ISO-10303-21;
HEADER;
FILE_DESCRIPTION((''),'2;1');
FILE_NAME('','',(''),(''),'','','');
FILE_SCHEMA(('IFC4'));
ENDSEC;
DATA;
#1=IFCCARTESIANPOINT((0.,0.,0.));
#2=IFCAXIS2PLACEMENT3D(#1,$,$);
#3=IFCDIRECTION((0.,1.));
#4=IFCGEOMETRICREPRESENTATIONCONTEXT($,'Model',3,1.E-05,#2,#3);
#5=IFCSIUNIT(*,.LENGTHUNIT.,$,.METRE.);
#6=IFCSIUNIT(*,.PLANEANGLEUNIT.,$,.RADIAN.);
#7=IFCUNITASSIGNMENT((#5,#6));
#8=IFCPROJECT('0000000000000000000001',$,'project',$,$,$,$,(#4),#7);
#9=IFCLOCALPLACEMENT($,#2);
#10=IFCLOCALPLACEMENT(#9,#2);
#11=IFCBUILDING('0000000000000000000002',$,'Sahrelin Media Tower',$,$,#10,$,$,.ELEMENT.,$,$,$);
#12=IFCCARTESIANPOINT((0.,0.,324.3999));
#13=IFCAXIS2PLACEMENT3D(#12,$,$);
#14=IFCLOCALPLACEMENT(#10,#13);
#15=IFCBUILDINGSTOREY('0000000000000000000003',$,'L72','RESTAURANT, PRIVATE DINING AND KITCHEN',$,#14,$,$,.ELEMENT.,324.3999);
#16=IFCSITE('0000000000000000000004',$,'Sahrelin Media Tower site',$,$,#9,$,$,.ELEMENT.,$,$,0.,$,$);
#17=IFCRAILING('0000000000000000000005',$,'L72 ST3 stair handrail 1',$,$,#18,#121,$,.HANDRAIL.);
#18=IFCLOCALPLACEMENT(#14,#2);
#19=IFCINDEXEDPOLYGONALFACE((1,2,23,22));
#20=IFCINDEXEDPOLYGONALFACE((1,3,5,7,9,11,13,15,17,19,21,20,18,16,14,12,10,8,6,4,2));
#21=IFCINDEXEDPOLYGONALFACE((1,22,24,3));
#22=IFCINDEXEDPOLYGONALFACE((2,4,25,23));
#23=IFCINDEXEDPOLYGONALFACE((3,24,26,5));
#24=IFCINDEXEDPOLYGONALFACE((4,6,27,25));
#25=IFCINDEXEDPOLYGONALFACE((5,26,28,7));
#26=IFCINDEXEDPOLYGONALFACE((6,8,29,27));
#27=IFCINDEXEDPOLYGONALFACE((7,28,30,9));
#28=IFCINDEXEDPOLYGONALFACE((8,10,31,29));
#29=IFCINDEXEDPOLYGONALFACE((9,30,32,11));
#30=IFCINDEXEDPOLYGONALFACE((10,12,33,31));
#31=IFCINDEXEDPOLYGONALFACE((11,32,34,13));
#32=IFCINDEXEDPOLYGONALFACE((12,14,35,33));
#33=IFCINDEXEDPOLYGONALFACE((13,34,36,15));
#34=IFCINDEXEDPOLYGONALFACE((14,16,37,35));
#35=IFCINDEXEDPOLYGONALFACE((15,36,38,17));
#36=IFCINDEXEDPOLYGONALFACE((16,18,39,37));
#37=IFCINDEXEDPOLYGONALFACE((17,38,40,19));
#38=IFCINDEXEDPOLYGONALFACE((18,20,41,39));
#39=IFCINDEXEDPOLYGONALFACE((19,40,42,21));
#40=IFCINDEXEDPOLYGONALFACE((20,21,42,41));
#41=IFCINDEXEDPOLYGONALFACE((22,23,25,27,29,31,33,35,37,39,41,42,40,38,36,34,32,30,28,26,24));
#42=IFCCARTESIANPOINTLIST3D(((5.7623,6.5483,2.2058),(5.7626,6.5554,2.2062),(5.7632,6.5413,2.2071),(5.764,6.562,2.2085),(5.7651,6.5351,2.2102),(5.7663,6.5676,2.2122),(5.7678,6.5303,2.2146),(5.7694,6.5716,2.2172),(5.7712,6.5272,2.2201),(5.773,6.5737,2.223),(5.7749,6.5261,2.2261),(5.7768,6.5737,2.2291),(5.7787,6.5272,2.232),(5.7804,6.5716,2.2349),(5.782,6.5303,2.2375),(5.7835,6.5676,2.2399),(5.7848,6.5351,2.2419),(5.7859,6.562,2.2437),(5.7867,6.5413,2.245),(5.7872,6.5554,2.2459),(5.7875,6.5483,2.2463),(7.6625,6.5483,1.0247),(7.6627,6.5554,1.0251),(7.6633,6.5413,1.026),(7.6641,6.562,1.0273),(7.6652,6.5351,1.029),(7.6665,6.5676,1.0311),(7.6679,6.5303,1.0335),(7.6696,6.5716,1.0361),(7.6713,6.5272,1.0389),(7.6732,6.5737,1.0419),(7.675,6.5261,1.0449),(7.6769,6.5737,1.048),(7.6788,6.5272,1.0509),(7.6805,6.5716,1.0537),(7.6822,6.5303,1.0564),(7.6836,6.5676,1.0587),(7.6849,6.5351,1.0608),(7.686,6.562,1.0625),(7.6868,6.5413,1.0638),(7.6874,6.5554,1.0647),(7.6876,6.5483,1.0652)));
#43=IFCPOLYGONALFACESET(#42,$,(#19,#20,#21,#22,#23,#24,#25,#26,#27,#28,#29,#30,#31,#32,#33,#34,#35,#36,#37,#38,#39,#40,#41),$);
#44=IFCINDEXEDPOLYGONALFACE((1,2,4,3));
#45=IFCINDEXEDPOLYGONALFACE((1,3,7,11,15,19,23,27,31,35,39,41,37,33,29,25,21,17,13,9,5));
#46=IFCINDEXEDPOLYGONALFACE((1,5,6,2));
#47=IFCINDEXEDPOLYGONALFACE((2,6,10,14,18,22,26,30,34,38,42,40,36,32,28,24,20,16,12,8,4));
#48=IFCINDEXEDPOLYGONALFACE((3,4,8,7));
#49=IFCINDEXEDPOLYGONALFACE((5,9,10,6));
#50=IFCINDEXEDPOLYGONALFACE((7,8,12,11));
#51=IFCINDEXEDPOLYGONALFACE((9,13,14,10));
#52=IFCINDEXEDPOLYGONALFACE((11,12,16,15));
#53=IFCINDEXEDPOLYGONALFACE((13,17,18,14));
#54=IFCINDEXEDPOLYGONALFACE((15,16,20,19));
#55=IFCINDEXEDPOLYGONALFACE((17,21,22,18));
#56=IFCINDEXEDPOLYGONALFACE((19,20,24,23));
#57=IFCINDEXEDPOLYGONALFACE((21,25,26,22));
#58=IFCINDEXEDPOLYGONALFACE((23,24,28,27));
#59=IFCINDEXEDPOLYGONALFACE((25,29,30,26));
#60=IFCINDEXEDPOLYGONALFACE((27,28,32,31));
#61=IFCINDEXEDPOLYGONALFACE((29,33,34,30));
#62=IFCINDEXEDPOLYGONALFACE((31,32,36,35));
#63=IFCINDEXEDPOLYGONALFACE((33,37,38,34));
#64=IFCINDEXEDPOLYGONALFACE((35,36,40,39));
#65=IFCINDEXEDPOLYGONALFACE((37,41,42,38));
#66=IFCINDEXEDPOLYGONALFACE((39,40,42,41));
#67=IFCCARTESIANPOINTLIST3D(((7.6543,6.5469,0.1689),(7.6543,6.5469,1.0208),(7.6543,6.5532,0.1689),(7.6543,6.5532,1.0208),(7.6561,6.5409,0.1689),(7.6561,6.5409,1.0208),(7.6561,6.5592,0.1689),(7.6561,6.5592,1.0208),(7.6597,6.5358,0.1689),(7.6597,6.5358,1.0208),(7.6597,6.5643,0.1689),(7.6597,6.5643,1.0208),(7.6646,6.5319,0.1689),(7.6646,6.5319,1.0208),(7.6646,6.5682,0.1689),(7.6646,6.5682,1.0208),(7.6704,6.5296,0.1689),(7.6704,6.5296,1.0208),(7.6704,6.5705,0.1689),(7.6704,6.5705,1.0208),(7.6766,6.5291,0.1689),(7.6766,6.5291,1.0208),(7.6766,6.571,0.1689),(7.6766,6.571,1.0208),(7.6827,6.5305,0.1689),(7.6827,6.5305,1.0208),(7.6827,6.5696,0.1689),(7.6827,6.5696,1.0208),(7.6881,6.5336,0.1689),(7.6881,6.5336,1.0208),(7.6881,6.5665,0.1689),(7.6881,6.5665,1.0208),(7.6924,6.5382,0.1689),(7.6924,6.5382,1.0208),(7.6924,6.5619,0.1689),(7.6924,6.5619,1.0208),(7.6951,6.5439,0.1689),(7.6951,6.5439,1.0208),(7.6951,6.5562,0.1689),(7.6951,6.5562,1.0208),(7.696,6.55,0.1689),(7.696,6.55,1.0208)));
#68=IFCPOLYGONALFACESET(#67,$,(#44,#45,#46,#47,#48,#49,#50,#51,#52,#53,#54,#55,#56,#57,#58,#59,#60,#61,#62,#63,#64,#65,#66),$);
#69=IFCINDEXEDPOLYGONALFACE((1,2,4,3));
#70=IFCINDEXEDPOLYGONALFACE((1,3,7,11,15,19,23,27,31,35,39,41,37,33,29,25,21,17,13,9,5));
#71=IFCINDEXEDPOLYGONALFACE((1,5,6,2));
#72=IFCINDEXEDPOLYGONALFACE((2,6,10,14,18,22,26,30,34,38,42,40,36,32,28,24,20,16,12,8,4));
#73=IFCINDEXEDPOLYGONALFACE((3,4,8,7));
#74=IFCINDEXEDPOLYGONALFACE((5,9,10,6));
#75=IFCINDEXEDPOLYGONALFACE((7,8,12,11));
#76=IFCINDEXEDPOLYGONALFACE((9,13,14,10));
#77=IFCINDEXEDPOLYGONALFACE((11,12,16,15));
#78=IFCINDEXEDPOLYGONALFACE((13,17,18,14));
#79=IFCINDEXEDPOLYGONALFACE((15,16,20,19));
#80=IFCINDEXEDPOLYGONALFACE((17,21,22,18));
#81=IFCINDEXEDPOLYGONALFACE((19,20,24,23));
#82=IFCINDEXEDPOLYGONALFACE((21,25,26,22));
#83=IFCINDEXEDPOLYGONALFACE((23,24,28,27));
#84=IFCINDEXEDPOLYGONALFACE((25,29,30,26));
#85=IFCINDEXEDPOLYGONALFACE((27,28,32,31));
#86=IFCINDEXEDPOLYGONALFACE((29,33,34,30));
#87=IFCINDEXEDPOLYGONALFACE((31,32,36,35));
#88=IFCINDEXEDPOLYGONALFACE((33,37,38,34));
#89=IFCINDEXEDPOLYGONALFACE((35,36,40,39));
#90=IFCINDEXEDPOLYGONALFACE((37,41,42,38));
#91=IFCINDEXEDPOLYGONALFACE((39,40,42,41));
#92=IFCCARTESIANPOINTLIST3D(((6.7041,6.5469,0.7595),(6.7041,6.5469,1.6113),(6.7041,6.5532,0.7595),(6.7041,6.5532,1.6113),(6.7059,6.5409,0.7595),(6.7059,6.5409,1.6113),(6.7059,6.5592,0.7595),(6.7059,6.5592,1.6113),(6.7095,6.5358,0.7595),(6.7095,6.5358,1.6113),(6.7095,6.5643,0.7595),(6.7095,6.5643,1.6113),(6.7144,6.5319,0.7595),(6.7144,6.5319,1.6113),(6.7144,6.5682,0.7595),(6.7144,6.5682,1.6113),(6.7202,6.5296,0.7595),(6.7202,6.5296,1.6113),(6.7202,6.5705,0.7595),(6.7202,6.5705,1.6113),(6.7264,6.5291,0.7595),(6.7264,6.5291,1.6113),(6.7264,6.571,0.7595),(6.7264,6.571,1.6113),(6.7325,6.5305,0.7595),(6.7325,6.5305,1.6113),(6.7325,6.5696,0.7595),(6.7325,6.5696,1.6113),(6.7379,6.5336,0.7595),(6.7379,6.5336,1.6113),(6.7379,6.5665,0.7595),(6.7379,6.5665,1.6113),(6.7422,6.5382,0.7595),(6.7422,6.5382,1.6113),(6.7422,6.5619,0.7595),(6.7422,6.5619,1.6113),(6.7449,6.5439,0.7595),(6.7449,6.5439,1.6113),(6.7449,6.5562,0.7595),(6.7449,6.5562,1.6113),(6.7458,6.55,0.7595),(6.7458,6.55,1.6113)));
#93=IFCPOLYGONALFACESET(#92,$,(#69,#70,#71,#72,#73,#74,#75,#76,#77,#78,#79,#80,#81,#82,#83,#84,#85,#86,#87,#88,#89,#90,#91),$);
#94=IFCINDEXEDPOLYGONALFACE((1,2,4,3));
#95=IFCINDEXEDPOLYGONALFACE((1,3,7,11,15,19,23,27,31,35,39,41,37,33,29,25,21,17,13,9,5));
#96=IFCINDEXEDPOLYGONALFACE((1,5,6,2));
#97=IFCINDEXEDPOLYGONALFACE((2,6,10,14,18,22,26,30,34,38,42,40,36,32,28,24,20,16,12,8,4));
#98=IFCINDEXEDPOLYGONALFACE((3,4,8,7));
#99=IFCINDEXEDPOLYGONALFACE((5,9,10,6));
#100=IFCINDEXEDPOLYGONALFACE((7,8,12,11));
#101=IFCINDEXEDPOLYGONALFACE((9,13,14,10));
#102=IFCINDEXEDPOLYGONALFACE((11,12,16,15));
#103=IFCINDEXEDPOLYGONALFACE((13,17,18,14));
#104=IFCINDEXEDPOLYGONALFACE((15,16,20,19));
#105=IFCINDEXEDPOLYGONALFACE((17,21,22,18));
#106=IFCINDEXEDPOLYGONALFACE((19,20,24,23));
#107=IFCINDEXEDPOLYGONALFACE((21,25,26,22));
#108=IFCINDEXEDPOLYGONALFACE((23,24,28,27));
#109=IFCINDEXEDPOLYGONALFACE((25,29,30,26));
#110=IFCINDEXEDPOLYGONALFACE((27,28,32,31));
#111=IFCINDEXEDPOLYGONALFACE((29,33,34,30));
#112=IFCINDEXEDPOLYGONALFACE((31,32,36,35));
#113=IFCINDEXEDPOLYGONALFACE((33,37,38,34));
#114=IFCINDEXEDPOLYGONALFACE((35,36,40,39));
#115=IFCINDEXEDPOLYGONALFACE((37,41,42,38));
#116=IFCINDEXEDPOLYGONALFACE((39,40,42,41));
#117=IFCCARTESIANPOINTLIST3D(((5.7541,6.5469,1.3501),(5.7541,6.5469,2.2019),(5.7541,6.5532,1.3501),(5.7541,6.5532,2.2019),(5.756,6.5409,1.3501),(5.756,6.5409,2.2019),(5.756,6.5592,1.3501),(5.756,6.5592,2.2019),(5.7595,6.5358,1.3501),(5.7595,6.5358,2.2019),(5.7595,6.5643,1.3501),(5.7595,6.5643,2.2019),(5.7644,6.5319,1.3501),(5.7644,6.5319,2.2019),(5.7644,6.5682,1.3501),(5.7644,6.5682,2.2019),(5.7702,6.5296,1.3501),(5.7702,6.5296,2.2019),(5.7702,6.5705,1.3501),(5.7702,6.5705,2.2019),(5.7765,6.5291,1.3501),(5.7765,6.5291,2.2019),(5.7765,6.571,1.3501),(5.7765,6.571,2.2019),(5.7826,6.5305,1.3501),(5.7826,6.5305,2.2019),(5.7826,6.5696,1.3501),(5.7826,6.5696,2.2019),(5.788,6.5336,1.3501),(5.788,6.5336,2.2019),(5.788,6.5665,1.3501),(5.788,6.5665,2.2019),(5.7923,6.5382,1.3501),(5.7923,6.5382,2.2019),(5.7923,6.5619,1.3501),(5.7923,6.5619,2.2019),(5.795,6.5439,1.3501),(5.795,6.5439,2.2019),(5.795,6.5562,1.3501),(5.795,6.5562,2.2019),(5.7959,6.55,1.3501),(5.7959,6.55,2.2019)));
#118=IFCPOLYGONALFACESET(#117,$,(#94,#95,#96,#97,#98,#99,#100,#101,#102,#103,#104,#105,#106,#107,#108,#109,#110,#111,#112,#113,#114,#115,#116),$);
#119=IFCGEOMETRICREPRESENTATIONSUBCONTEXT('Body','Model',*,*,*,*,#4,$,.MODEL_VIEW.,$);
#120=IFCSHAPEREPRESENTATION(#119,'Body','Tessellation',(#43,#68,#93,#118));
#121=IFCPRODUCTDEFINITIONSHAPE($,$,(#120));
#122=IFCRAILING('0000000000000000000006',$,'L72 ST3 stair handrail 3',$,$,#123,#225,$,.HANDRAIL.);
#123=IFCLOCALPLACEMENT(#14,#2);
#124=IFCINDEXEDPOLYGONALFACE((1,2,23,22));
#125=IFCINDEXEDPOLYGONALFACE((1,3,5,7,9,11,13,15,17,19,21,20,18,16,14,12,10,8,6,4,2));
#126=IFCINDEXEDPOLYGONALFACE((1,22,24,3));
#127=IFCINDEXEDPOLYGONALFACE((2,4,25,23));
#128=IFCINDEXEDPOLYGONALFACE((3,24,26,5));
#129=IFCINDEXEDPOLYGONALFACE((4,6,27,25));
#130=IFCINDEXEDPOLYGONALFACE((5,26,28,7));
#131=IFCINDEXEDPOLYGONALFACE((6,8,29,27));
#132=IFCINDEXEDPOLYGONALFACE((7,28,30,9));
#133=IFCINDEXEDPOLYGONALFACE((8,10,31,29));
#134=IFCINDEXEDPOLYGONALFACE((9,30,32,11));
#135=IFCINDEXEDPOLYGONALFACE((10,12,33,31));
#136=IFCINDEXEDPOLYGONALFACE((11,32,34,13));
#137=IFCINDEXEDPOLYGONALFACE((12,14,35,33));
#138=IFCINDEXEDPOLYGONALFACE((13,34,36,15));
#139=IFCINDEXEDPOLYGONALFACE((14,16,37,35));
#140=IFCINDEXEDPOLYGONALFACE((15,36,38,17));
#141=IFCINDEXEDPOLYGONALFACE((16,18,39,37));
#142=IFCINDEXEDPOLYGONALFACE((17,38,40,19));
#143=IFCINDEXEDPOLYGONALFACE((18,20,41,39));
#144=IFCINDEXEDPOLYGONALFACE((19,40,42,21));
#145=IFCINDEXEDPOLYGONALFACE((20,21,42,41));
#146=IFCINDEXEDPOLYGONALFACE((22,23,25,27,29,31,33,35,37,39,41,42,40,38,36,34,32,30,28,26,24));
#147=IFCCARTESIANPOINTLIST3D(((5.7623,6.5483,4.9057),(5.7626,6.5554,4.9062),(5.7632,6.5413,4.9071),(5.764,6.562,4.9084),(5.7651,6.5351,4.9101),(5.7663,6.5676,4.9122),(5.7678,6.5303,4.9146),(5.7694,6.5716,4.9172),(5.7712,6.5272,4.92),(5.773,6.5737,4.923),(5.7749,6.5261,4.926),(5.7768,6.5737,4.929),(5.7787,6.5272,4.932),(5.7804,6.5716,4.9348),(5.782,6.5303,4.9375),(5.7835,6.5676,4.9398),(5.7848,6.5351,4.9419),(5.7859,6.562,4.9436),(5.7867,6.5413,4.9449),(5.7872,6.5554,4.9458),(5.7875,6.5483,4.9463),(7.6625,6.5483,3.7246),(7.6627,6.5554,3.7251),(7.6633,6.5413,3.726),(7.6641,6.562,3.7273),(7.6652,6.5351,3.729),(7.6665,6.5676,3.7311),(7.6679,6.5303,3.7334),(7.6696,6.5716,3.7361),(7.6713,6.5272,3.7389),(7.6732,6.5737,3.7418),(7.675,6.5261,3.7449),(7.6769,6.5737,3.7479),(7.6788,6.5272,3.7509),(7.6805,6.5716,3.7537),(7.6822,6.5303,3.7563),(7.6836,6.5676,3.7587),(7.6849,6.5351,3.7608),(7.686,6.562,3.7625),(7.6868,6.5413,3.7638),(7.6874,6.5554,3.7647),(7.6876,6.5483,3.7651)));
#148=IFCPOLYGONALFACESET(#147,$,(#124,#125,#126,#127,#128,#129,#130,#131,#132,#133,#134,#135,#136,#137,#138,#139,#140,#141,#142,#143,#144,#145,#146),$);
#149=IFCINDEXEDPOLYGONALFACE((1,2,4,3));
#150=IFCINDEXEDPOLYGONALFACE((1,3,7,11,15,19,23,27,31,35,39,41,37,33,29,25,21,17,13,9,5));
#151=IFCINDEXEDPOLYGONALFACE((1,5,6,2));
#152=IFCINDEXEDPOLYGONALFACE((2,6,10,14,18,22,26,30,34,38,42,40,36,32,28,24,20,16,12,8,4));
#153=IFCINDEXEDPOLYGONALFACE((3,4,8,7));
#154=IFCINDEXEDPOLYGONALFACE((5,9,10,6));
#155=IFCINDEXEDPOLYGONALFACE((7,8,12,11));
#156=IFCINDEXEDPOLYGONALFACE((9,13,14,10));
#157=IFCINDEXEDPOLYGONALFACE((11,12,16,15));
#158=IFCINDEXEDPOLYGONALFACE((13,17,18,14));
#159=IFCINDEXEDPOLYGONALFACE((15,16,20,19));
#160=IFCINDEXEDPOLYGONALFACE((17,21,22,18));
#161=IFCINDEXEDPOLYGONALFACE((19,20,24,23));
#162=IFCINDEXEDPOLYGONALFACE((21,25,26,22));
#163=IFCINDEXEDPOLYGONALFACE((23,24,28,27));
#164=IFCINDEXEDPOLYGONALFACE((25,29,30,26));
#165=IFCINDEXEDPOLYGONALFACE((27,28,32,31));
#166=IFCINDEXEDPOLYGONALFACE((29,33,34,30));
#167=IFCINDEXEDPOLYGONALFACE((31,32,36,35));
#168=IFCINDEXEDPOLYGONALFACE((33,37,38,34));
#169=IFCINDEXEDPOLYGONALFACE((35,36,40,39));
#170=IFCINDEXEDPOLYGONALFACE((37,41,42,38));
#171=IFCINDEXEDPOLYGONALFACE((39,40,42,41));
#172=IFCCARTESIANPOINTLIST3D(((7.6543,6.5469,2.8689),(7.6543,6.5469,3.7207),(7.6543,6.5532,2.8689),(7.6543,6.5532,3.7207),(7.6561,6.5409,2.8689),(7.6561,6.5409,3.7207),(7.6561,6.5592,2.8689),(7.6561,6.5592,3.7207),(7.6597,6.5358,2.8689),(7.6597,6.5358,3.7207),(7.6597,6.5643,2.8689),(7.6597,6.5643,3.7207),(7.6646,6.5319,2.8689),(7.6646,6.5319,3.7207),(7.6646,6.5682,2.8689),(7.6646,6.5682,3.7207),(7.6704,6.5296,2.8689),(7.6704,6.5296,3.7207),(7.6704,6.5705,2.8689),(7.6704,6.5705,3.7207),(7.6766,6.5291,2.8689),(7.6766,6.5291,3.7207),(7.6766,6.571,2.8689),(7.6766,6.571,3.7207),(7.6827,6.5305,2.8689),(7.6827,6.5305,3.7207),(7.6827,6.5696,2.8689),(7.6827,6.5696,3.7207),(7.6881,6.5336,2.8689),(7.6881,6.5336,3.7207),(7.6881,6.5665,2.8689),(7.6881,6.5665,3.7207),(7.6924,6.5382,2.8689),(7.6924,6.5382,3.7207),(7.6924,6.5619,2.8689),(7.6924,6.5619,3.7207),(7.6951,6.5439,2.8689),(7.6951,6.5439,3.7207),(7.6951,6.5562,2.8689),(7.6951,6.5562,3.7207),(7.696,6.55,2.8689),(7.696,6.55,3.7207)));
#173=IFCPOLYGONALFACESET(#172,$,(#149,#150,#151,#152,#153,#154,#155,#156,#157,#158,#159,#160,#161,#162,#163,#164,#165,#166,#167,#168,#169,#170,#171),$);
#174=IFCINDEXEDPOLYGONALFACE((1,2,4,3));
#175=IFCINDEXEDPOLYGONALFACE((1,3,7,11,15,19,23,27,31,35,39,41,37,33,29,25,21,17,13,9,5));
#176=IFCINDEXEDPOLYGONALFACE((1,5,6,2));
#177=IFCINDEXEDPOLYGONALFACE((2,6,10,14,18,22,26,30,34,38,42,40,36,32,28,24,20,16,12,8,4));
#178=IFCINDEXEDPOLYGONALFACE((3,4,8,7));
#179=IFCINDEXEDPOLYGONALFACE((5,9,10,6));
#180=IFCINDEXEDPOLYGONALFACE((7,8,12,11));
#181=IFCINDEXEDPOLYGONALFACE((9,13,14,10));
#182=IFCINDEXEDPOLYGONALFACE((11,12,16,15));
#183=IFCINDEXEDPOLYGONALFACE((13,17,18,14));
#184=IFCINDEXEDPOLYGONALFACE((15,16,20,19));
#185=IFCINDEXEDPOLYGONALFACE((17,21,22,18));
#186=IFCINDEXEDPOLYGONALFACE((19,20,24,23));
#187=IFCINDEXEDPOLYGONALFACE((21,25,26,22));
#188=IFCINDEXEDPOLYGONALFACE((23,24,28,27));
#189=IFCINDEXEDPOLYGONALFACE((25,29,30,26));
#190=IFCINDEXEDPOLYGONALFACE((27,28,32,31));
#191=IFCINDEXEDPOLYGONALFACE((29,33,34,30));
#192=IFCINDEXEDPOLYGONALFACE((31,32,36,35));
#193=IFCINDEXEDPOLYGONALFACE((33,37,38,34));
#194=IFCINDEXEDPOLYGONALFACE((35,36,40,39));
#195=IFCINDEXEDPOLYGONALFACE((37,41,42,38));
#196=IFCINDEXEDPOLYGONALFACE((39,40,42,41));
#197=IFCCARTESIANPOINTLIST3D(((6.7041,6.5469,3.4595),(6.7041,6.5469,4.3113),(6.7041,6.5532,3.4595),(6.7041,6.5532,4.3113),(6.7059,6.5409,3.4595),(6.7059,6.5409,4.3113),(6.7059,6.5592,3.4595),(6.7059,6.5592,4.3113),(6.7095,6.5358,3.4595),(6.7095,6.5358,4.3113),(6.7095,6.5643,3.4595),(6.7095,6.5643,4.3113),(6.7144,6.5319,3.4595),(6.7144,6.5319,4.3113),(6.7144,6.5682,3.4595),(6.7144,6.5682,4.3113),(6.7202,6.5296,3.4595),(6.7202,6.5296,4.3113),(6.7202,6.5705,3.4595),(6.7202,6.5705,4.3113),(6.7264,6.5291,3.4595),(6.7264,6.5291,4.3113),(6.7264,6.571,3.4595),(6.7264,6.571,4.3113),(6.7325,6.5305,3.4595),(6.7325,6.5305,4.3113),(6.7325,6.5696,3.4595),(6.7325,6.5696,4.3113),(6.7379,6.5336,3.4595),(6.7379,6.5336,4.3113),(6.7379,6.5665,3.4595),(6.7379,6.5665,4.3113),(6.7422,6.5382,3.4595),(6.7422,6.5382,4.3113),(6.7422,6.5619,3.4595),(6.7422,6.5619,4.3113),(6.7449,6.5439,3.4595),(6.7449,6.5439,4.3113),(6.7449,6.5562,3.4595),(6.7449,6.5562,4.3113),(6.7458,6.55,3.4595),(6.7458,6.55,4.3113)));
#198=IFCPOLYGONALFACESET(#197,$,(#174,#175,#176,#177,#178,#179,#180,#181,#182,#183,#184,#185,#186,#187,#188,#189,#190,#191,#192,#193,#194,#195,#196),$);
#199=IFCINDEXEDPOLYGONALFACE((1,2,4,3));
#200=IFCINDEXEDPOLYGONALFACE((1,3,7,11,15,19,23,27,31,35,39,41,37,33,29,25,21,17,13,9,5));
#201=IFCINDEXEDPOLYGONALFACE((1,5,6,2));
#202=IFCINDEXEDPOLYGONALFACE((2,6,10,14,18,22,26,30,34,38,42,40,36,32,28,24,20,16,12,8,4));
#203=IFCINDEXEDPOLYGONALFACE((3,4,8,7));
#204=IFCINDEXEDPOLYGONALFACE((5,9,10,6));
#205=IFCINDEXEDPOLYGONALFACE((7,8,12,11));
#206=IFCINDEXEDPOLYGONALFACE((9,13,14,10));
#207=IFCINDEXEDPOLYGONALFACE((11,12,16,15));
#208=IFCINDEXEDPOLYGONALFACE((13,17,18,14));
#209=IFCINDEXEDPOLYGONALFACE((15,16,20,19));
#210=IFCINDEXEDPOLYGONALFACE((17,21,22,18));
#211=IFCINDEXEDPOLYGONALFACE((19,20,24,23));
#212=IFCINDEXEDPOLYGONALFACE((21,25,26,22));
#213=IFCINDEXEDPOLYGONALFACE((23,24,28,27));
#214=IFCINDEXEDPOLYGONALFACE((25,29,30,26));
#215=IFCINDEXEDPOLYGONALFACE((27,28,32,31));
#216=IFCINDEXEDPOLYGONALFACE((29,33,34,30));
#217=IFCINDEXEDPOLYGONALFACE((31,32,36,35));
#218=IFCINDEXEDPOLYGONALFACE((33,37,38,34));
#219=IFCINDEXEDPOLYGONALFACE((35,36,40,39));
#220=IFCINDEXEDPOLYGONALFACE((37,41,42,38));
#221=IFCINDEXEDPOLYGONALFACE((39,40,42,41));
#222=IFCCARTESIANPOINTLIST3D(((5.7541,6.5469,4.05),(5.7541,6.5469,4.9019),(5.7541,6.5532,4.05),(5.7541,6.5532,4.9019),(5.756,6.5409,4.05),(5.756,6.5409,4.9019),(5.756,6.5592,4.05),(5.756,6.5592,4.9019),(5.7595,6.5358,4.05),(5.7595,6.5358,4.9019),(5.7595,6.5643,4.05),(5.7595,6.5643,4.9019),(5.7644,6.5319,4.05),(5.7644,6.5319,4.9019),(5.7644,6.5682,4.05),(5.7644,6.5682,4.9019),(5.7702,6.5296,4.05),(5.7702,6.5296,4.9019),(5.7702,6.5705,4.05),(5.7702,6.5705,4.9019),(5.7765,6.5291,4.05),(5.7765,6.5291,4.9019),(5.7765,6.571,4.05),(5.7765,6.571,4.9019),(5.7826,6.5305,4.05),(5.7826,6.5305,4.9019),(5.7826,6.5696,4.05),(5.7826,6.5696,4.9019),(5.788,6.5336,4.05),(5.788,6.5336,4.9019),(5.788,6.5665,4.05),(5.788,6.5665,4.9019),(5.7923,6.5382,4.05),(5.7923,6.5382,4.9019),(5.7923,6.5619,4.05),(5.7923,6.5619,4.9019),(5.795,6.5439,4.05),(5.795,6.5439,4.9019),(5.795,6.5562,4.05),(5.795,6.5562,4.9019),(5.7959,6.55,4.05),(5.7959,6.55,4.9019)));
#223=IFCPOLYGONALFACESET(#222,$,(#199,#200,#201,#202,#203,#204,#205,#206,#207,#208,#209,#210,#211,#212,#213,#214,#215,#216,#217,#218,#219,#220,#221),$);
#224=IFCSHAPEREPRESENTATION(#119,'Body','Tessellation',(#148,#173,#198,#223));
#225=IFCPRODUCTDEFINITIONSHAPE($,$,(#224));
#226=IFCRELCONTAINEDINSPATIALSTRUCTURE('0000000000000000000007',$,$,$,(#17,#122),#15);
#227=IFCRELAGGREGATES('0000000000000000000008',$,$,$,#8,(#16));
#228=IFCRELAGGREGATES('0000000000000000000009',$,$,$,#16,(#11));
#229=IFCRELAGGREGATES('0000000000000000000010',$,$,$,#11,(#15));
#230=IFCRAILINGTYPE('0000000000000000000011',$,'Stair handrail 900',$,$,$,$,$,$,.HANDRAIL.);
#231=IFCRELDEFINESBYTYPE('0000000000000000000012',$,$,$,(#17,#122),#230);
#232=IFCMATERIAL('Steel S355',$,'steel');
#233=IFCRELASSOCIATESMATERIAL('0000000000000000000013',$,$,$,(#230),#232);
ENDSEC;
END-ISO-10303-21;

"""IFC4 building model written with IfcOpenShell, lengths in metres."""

from ifc_helpers import new_model, si_unit, direction, frame, origin, origin_2d, place, context, subcontext, project, spatial, circle, extrude, material, type_object, element, save


model = new_model("IFC4")

# Units and contexts
model_context = context("Model", 3, precision=1e-05, world=origin(), true_north=direction((0.0, 1.0)))
body_context = subcontext(model_context, "Body", "Model", "MODEL_VIEW")
ifc_project = project(units=[si_unit("LENGTHUNIT", "METRE"), si_unit("PLANEANGLEUNIT", "RADIAN")], contexts=[model_context])

# Site, building, storey
site_placement = place(None, origin())
site = spatial("IfcSite", under=ifc_project, at=site_placement, Name="Sahrelin Media Tower site", CompositionType="ELEMENT", RefElevation=0.0)
building_placement = place(site_placement, origin())
building = spatial("IfcBuilding", under=site, at=building_placement, Name="Sahrelin Media Tower", CompositionType="ELEMENT")
storey_placement = place(building_placement, frame((0.0, 0.0, 324.3999)))
storey = spatial("IfcBuildingStorey", under=building, at=storey_placement, Name="L72", Description="RESTAURANT, PRIVATE DINING AND KITCHEN", CompositionType="ELEMENT", Elevation=324.3999)

# Shared definitions
ifc_material_1 = material(Name="Steel S355", Category="steel")

# Railings
railing_type_1 = type_object("IfcRailingType", Name="Stair handrail 900", PredefinedType="HANDRAIL", material=ifc_material_1)
for number, where, name in (
    (1, (7.675, 6.55, 0.1689), "L72 ST3 stair handrail 1"),
    (2, (7.675, 6.55, 2.8689), "L72 ST3 stair handrail 3"),
):
    element("IfcRailing", number, at=place(storey_placement, frame(where)), inside=storey, type_object=railing_type_1, Name=name, PredefinedType="HANDRAIL", context=body_context, shape_type="SweptSolid", body=[
        extrude(circle(Radius=0.0239, at=origin_2d()), frame((0.0, 0.0, 0.876), z_axis=(-0.849289, 0.0, 0.527928), x_axis=(0.0, -1.0, 0.0)), (0.0, 0.0, 1.0), 2.2373),
        extrude(circle(Radius=0.021, at=origin_2d()), origin(), (0.0, 0.0, 1.0), 0.8518),
        extrude(circle(Radius=0.021, at=origin_2d()), frame((-0.9502, 0.0, 0.5906)), (0.0, 0.0, 1.0), 0.8518),
        extrude(circle(Radius=0.021, at=origin_2d()), frame((-1.9001, 0.0, 1.1812)), (0.0, 0.0, 1.0), 0.8518),
    ])

save(model, "model.ifc")
